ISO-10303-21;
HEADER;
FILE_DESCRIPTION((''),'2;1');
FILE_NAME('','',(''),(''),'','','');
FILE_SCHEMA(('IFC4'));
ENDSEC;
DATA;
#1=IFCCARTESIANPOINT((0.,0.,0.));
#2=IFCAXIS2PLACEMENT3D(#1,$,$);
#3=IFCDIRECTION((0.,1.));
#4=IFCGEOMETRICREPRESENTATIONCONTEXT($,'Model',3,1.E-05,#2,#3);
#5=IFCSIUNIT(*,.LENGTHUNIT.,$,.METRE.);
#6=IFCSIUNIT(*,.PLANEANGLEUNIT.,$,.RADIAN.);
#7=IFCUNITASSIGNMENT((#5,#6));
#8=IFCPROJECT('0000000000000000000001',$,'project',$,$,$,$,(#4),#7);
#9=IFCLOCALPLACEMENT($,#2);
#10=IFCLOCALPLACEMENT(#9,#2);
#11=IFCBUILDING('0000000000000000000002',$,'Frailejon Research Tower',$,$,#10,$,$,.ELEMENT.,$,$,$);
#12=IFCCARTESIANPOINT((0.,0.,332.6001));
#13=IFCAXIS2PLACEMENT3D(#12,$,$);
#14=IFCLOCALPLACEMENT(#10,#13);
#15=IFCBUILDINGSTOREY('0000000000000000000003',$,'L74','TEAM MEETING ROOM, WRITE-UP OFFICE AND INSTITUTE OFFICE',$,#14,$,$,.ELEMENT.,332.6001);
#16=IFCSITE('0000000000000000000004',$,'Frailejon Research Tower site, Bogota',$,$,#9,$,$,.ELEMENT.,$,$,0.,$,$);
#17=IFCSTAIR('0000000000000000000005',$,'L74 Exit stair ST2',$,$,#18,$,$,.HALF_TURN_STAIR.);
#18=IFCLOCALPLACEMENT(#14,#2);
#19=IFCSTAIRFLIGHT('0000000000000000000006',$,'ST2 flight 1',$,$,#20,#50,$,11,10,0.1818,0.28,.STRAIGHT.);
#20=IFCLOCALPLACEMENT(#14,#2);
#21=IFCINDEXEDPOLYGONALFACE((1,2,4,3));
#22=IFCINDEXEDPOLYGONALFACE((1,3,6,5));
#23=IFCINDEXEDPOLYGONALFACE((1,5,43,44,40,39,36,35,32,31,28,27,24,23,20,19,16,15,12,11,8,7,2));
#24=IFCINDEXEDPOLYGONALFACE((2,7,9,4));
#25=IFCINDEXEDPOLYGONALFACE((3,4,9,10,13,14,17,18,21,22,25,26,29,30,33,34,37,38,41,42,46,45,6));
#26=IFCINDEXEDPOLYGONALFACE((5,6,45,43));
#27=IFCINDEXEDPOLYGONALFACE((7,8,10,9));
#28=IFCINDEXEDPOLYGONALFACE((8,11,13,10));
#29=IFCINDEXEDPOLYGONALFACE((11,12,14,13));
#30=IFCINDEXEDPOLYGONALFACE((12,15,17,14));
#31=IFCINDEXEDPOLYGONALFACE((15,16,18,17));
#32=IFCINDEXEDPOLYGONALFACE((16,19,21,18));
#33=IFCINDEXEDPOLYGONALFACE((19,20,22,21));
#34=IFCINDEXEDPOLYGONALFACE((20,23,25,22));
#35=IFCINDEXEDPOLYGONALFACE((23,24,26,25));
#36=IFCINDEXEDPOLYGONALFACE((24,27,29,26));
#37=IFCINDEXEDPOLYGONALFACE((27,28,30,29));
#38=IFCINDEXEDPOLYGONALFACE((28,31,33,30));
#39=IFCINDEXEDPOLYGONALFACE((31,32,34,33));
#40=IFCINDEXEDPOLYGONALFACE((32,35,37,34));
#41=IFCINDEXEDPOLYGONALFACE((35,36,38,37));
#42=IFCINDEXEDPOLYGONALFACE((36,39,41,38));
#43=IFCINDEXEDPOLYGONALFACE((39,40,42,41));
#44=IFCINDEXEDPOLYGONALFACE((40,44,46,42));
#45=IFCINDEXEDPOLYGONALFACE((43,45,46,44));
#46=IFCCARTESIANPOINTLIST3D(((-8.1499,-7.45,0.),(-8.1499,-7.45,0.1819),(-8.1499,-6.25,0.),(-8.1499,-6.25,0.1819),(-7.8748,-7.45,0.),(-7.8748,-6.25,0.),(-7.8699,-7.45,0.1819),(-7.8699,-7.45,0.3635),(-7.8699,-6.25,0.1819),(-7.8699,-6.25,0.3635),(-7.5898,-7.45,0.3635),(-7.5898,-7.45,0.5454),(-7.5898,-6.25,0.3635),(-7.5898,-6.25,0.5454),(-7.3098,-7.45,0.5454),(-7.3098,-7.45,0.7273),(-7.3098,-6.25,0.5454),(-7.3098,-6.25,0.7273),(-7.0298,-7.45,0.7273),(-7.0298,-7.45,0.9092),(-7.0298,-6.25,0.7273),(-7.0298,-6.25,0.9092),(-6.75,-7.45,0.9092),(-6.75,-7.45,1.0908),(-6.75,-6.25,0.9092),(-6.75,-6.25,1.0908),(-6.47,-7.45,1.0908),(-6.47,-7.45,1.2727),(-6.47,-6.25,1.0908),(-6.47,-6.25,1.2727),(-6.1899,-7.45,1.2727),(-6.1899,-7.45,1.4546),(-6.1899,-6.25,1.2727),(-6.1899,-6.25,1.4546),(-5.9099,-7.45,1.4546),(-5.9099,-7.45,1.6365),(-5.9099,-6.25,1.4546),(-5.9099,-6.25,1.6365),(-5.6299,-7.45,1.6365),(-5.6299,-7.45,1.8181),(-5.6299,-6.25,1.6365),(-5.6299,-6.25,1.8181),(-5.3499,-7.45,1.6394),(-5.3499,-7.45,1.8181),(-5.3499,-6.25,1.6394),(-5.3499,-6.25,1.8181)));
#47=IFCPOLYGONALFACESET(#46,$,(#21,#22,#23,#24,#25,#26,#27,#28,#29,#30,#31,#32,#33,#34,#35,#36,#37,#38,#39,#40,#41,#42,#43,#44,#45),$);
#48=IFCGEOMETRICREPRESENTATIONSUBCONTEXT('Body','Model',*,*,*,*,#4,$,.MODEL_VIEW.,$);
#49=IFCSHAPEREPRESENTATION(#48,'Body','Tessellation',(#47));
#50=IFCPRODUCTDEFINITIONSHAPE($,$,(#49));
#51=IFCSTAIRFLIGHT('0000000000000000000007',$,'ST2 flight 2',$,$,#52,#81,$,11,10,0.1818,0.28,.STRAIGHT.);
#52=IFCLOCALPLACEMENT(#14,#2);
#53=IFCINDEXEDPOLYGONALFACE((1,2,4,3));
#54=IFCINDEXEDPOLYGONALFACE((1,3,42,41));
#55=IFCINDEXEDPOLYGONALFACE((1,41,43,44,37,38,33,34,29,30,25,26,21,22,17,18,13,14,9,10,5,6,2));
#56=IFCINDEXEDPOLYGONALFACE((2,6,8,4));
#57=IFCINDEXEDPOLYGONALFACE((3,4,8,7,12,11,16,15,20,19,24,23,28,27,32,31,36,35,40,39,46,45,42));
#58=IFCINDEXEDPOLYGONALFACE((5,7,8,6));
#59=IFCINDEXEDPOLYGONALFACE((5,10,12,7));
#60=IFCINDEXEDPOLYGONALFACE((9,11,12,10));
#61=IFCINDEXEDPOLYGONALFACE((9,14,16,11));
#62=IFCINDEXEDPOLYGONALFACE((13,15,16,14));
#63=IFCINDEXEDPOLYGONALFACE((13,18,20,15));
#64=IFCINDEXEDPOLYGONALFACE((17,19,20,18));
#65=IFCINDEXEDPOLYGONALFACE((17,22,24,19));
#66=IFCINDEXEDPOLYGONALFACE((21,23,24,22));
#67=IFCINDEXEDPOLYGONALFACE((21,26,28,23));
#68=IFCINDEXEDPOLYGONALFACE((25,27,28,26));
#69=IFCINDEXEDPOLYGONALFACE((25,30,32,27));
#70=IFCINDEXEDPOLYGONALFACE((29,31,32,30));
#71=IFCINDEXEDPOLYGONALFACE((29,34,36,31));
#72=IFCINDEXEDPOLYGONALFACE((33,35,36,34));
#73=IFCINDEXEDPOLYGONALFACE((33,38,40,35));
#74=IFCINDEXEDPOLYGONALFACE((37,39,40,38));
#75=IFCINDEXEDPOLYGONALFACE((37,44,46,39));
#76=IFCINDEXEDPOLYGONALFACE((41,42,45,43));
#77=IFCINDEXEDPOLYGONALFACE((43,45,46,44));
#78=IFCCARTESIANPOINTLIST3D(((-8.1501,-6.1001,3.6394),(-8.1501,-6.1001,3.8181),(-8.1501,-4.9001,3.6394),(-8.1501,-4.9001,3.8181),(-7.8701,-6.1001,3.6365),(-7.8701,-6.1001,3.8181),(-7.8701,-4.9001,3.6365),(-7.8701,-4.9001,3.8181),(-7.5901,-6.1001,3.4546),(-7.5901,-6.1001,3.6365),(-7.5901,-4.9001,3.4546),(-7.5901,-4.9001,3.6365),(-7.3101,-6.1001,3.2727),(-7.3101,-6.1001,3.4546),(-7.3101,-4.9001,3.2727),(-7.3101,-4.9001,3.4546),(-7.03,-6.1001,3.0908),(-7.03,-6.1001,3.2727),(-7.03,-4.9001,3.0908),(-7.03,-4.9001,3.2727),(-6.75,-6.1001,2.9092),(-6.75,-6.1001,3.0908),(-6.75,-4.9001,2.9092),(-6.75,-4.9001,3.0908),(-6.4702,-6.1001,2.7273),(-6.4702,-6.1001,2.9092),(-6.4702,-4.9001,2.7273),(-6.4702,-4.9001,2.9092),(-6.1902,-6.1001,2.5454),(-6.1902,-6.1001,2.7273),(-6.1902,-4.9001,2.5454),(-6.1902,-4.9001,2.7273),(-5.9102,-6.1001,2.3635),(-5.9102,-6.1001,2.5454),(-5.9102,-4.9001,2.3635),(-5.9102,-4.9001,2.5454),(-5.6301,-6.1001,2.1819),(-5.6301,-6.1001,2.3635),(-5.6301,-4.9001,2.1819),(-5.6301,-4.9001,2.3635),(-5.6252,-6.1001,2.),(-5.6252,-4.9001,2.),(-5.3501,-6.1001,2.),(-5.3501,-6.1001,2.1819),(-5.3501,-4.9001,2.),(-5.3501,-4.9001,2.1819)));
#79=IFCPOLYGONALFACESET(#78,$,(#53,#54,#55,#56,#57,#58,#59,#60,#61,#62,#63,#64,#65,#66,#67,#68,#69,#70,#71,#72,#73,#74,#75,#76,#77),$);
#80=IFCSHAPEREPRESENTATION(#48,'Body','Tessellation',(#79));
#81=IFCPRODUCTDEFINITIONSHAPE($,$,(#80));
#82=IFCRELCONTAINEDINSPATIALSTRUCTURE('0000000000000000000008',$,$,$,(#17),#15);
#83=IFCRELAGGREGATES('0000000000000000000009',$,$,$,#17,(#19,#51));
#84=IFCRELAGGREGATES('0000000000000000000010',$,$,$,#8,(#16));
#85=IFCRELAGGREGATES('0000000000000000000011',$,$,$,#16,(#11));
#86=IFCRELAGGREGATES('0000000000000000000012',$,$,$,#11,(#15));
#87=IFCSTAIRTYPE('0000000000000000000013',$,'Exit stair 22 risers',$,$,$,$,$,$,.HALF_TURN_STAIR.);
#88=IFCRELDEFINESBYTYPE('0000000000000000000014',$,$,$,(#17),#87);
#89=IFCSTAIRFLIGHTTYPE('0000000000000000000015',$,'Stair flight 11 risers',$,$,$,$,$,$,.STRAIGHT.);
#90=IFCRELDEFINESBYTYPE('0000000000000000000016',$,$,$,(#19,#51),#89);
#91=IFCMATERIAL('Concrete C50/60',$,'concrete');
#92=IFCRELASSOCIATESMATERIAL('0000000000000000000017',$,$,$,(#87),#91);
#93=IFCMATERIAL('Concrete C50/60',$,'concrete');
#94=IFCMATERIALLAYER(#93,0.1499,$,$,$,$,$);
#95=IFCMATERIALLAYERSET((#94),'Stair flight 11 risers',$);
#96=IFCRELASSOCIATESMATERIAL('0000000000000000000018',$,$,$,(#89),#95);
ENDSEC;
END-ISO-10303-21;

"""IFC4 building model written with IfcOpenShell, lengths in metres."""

from ifc_helpers import new_model, si_unit, direction, frame, origin, place, context, subcontext, project, spatial, polyline, outline, extrude, material, layer, layer_set, type_object, element, aggregate, save


model = new_model("IFC4")

# Units and contexts
model_context = context("Model", 3, precision=1e-05, world=origin(), true_north=direction((0.0, 1.0)))
body_context = subcontext(model_context, "Body", "Model", "MODEL_VIEW")
ifc_project = project(units=[si_unit("LENGTHUNIT", "METRE"), si_unit("PLANEANGLEUNIT", "RADIAN")], contexts=[model_context])

# Site, building, storey
site_placement = place(None, origin())
site = spatial("IfcSite", under=ifc_project, at=site_placement, Name="Frailejon Research Tower site, Bogota", CompositionType="ELEMENT", RefElevation=0.0)
building_placement = place(site_placement, origin())
building = spatial("IfcBuilding", under=site, at=building_placement, Name="Frailejon Research Tower", CompositionType="ELEMENT")
storey_placement = place(building_placement, frame((0.0, 0.0, 332.6001)))
storey = spatial("IfcBuildingStorey", under=building, at=storey_placement, Name="L74", Description="TEAM MEETING ROOM, WRITE-UP OFFICE AND INSTITUTE OFFICE", CompositionType="ELEMENT", Elevation=332.6001)

# Stair, stair flights
ifc_material_1 = material(Name="Concrete C50/60", Category="concrete")
stair_type = type_object("IfcStairType", Name="Exit stair 22 risers", PredefinedType="HALF_TURN_STAIR", material=ifc_material_1)
stair_placement = place(storey_placement, origin())
stair = element("IfcStair", 1, at=stair_placement, inside=storey, type_object=stair_type, Name="L74 Exit stair ST2", PredefinedType="HALF_TURN_STAIR")
ifc_material_2 = material(Name="Concrete C50/60", Category="concrete")
ifc_layer_1 = layer(ifc_material_2, 0.1499)
ifc_layer_set_1 = layer_set([ifc_layer_1], Name="Stair flight 11 risers")
stair_flight_type = type_object("IfcStairFlightType", Name="Stair flight 11 risers", PredefinedType="STRAIGHT", material=ifc_layer_set_1)
stair_flight_1_placement = place(storey_placement, frame((-8.1499, -6.8501, 0.0), z_axis=(0.0, 0.0, 1.0), x_axis=(1.0, 0.0, 0.0)))
stair_flight_1 = element("IfcStairFlight", 2, at=stair_flight_1_placement, type_object=stair_flight_type, Name="ST2 flight 1", NumberOfRisers=11, NumberOfTreads=10, PredefinedType="STRAIGHT", RiserHeight=0.1818, TreadLength=0.28, context=body_context, shape_type="SweptSolid", body=[
    extrude(outline(polyline([(0.0, 0.0), (0.0, 0.1819), (0.28, 0.1819), (0.28, 0.3635), (0.5601, 0.3635), (0.5601, 0.5454), (0.8401, 0.5454), (0.8401, 0.7273), (1.1201, 0.7273), (1.1201, 0.9092), (1.3999, 0.9092), (1.3999, 1.0908), (1.6799, 1.0908), (1.6799, 1.2727), (1.96, 1.2727), (1.96, 1.4546), (2.24, 1.4546), (2.24, 1.6365), (2.52, 1.6365), (2.52, 1.8181), (2.8, 1.8181), (2.8, 2.0), (2.8, 1.6394), (0.2751, 0.0), (0.0, 0.0)])), frame((0.0, 0.6001, 0.0), z_axis=(0.0, -1.0, 0.0), x_axis=(1.0, 0.0, 0.0)), (0.0, 0.0, 1.0), 1.2),
])
stair_flight_2_placement = place(storey_placement, frame((-5.3501, -5.5, 2.0), z_axis=(0.0, 0.0, 1.0), x_axis=(-1.0, 0.0, 0.0)))
stair_flight_2 = element("IfcStairFlight", 3, at=stair_flight_2_placement, type_object=stair_flight_type, Name="ST2 flight 2", NumberOfRisers=11, NumberOfTreads=10, PredefinedType="STRAIGHT", RiserHeight=0.1818, TreadLength=0.28, context=body_context, shape_type="SweptSolid", body=[
    extrude(outline(polyline([(0.0, 0.0), (0.0, 0.1819), (0.28, 0.1819), (0.28, 0.3635), (0.5601, 0.3635), (0.5601, 0.5454), (0.8401, 0.5454), (0.8401, 0.7273), (1.1201, 0.7273), (1.1201, 0.9092), (1.3999, 0.9092), (1.3999, 1.0908), (1.6799, 1.0908), (1.6799, 1.2727), (1.96, 1.2727), (1.96, 1.4546), (2.24, 1.4546), (2.24, 1.6365), (2.52, 1.6365), (2.52, 1.8181), (2.8, 1.8181), (2.8, 2.0), (2.8, 1.6394), (0.2751, 0.0), (0.0, 0.0)])), frame((0.0, 0.6001, 0.0), z_axis=(0.0, -1.0, 0.0), x_axis=(1.0, 0.0, 0.0)), (0.0, 0.0, 1.0), 1.2),
])
aggregate(stair, [stair_flight_1, stair_flight_2])

save(model, "model.ifc")
